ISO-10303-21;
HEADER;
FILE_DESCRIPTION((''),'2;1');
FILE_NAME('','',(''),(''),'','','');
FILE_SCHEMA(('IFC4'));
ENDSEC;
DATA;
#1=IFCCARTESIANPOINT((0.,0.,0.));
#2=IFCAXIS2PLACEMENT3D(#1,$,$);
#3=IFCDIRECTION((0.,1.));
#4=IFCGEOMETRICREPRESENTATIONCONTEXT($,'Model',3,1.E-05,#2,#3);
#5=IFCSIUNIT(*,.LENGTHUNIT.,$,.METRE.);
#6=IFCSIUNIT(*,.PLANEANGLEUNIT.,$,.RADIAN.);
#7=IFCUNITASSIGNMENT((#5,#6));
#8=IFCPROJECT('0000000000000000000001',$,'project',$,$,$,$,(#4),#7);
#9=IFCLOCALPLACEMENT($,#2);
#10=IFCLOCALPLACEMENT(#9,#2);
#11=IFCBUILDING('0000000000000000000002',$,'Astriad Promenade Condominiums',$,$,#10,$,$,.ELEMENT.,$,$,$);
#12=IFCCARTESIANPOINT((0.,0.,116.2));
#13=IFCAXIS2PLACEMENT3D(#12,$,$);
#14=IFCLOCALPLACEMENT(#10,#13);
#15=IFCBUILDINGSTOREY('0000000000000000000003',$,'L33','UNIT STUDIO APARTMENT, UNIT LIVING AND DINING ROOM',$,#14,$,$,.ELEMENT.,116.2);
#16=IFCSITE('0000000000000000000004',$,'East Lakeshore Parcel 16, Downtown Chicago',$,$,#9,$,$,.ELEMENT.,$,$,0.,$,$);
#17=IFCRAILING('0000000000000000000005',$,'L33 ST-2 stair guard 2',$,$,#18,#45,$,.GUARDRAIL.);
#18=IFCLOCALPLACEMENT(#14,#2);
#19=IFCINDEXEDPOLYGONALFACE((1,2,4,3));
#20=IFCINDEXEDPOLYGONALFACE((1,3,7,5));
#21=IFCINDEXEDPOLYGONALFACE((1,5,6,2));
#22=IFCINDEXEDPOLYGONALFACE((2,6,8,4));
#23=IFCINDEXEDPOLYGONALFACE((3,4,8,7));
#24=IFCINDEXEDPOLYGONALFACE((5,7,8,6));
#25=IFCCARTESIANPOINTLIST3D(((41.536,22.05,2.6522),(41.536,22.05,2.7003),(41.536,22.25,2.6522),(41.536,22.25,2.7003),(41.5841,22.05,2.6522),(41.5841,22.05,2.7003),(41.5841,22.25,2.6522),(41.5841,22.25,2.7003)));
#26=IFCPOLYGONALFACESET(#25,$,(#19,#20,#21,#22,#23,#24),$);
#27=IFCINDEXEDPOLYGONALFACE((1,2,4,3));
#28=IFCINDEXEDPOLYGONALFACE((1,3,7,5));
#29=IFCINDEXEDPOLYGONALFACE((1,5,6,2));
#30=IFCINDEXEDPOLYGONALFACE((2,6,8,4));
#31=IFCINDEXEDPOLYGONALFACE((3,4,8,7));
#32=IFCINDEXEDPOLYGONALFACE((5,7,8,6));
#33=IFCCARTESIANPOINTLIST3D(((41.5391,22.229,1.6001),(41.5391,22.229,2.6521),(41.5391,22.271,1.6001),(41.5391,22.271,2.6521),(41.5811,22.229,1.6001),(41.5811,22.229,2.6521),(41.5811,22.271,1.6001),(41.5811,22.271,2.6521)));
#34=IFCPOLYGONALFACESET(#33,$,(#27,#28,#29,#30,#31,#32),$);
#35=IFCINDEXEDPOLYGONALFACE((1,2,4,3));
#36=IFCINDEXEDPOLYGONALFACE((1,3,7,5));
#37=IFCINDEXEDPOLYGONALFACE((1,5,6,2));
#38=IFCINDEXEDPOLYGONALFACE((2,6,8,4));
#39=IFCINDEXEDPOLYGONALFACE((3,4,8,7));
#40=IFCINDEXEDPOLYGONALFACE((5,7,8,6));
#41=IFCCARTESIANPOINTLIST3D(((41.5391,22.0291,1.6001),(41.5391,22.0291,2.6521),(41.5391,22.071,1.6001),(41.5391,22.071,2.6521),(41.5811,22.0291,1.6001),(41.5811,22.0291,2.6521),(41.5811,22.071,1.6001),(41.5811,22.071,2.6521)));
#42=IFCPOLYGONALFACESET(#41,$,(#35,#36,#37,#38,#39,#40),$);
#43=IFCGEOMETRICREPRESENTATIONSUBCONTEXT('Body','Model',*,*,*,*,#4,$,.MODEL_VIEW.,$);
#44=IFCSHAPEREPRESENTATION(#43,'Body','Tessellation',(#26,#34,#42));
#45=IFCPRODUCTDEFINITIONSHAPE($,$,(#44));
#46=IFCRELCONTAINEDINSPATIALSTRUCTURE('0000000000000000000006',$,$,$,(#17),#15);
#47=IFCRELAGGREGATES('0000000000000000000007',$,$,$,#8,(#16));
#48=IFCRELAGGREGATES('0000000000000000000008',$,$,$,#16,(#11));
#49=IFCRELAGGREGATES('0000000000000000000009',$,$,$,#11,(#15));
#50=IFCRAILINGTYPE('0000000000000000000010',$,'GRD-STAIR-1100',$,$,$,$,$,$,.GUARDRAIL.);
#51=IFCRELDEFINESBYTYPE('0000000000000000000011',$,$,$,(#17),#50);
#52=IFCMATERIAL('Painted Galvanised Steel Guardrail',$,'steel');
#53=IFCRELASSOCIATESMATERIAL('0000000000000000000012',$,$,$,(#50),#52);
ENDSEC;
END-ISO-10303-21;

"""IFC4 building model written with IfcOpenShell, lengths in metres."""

from ifc_helpers import new_model, si_unit, direction, frame, origin, origin_2d, place, context, subcontext, project, spatial, rectangle, extrude, source, transform, mapped, material, type_object, type_shapes, element, save


model = new_model("IFC4")

# Units and contexts
model_context = context("Model", 3, precision=1e-05, world=origin(), true_north=direction((0.0, 1.0)))
body_context = subcontext(model_context, "Body", "Model", "MODEL_VIEW")
ifc_project = project(units=[si_unit("LENGTHUNIT", "METRE"), si_unit("PLANEANGLEUNIT", "RADIAN")], contexts=[model_context])

# Site, building, storey
site_placement = place(None, origin())
site = spatial("IfcSite", under=ifc_project, at=site_placement, Name="East Lakeshore Parcel 16, Downtown Chicago", CompositionType="ELEMENT", RefElevation=0.0)
building_placement = place(site_placement, origin())
building = spatial("IfcBuilding", under=site, at=building_placement, Name="Astriad Promenade Condominiums", CompositionType="ELEMENT")
storey_placement = place(building_placement, frame((0.0, 0.0, 116.2)))
storey = spatial("IfcBuildingStorey", under=building, at=storey_placement, Name="L33", Description="UNIT STUDIO APARTMENT, UNIT LIVING AND DINING ROOM", CompositionType="ELEMENT", Elevation=116.2)

# Railing
ifc_material_1 = material(Name="Painted Galvanised Steel Guardrail", Category="steel")
railing_type_1 = type_object("IfcRailingType", Name="GRD-STAIR-1100", PredefinedType="GUARDRAIL", material=ifc_material_1)
shared_shape_1 = source(origin(), body_context, "Body", "SweptSolid", [
    extrude(rectangle(XDim=0.0481, YDim=0.0481, at=origin_2d()), frame((0.0, 0.0, 1.0762), z_axis=(0.0, -1.0, 0.0), x_axis=(1.0, 0.0, 0.0)), (0.0, 0.0, 1.0), 0.2),
    extrude(rectangle(XDim=0.042, YDim=0.042, at=origin_2d()), origin(), (0.0, 0.0, 1.0), 1.052),
    extrude(rectangle(XDim=0.042, YDim=0.042, at=origin_2d()), frame((0.0, -0.2, 0.0)), (0.0, 0.0, 1.0), 1.052),
])
type_shapes(railing_type_1, [shared_shape_1])
railing_1_placement = place(storey_placement, frame((41.5601, 22.25, 1.6001)))
element("IfcRailing", 1, at=railing_1_placement, inside=storey, type_object=railing_type_1, Name="L33 ST-2 stair guard 2", PredefinedType="GUARDRAIL", context=body_context, shape_type="MappedRepresentation", body=[
    mapped(shared_shape_1, transform((0.0, 0.0, 0.0), scale=1.0)),
])

save(model, "model.ifc")
